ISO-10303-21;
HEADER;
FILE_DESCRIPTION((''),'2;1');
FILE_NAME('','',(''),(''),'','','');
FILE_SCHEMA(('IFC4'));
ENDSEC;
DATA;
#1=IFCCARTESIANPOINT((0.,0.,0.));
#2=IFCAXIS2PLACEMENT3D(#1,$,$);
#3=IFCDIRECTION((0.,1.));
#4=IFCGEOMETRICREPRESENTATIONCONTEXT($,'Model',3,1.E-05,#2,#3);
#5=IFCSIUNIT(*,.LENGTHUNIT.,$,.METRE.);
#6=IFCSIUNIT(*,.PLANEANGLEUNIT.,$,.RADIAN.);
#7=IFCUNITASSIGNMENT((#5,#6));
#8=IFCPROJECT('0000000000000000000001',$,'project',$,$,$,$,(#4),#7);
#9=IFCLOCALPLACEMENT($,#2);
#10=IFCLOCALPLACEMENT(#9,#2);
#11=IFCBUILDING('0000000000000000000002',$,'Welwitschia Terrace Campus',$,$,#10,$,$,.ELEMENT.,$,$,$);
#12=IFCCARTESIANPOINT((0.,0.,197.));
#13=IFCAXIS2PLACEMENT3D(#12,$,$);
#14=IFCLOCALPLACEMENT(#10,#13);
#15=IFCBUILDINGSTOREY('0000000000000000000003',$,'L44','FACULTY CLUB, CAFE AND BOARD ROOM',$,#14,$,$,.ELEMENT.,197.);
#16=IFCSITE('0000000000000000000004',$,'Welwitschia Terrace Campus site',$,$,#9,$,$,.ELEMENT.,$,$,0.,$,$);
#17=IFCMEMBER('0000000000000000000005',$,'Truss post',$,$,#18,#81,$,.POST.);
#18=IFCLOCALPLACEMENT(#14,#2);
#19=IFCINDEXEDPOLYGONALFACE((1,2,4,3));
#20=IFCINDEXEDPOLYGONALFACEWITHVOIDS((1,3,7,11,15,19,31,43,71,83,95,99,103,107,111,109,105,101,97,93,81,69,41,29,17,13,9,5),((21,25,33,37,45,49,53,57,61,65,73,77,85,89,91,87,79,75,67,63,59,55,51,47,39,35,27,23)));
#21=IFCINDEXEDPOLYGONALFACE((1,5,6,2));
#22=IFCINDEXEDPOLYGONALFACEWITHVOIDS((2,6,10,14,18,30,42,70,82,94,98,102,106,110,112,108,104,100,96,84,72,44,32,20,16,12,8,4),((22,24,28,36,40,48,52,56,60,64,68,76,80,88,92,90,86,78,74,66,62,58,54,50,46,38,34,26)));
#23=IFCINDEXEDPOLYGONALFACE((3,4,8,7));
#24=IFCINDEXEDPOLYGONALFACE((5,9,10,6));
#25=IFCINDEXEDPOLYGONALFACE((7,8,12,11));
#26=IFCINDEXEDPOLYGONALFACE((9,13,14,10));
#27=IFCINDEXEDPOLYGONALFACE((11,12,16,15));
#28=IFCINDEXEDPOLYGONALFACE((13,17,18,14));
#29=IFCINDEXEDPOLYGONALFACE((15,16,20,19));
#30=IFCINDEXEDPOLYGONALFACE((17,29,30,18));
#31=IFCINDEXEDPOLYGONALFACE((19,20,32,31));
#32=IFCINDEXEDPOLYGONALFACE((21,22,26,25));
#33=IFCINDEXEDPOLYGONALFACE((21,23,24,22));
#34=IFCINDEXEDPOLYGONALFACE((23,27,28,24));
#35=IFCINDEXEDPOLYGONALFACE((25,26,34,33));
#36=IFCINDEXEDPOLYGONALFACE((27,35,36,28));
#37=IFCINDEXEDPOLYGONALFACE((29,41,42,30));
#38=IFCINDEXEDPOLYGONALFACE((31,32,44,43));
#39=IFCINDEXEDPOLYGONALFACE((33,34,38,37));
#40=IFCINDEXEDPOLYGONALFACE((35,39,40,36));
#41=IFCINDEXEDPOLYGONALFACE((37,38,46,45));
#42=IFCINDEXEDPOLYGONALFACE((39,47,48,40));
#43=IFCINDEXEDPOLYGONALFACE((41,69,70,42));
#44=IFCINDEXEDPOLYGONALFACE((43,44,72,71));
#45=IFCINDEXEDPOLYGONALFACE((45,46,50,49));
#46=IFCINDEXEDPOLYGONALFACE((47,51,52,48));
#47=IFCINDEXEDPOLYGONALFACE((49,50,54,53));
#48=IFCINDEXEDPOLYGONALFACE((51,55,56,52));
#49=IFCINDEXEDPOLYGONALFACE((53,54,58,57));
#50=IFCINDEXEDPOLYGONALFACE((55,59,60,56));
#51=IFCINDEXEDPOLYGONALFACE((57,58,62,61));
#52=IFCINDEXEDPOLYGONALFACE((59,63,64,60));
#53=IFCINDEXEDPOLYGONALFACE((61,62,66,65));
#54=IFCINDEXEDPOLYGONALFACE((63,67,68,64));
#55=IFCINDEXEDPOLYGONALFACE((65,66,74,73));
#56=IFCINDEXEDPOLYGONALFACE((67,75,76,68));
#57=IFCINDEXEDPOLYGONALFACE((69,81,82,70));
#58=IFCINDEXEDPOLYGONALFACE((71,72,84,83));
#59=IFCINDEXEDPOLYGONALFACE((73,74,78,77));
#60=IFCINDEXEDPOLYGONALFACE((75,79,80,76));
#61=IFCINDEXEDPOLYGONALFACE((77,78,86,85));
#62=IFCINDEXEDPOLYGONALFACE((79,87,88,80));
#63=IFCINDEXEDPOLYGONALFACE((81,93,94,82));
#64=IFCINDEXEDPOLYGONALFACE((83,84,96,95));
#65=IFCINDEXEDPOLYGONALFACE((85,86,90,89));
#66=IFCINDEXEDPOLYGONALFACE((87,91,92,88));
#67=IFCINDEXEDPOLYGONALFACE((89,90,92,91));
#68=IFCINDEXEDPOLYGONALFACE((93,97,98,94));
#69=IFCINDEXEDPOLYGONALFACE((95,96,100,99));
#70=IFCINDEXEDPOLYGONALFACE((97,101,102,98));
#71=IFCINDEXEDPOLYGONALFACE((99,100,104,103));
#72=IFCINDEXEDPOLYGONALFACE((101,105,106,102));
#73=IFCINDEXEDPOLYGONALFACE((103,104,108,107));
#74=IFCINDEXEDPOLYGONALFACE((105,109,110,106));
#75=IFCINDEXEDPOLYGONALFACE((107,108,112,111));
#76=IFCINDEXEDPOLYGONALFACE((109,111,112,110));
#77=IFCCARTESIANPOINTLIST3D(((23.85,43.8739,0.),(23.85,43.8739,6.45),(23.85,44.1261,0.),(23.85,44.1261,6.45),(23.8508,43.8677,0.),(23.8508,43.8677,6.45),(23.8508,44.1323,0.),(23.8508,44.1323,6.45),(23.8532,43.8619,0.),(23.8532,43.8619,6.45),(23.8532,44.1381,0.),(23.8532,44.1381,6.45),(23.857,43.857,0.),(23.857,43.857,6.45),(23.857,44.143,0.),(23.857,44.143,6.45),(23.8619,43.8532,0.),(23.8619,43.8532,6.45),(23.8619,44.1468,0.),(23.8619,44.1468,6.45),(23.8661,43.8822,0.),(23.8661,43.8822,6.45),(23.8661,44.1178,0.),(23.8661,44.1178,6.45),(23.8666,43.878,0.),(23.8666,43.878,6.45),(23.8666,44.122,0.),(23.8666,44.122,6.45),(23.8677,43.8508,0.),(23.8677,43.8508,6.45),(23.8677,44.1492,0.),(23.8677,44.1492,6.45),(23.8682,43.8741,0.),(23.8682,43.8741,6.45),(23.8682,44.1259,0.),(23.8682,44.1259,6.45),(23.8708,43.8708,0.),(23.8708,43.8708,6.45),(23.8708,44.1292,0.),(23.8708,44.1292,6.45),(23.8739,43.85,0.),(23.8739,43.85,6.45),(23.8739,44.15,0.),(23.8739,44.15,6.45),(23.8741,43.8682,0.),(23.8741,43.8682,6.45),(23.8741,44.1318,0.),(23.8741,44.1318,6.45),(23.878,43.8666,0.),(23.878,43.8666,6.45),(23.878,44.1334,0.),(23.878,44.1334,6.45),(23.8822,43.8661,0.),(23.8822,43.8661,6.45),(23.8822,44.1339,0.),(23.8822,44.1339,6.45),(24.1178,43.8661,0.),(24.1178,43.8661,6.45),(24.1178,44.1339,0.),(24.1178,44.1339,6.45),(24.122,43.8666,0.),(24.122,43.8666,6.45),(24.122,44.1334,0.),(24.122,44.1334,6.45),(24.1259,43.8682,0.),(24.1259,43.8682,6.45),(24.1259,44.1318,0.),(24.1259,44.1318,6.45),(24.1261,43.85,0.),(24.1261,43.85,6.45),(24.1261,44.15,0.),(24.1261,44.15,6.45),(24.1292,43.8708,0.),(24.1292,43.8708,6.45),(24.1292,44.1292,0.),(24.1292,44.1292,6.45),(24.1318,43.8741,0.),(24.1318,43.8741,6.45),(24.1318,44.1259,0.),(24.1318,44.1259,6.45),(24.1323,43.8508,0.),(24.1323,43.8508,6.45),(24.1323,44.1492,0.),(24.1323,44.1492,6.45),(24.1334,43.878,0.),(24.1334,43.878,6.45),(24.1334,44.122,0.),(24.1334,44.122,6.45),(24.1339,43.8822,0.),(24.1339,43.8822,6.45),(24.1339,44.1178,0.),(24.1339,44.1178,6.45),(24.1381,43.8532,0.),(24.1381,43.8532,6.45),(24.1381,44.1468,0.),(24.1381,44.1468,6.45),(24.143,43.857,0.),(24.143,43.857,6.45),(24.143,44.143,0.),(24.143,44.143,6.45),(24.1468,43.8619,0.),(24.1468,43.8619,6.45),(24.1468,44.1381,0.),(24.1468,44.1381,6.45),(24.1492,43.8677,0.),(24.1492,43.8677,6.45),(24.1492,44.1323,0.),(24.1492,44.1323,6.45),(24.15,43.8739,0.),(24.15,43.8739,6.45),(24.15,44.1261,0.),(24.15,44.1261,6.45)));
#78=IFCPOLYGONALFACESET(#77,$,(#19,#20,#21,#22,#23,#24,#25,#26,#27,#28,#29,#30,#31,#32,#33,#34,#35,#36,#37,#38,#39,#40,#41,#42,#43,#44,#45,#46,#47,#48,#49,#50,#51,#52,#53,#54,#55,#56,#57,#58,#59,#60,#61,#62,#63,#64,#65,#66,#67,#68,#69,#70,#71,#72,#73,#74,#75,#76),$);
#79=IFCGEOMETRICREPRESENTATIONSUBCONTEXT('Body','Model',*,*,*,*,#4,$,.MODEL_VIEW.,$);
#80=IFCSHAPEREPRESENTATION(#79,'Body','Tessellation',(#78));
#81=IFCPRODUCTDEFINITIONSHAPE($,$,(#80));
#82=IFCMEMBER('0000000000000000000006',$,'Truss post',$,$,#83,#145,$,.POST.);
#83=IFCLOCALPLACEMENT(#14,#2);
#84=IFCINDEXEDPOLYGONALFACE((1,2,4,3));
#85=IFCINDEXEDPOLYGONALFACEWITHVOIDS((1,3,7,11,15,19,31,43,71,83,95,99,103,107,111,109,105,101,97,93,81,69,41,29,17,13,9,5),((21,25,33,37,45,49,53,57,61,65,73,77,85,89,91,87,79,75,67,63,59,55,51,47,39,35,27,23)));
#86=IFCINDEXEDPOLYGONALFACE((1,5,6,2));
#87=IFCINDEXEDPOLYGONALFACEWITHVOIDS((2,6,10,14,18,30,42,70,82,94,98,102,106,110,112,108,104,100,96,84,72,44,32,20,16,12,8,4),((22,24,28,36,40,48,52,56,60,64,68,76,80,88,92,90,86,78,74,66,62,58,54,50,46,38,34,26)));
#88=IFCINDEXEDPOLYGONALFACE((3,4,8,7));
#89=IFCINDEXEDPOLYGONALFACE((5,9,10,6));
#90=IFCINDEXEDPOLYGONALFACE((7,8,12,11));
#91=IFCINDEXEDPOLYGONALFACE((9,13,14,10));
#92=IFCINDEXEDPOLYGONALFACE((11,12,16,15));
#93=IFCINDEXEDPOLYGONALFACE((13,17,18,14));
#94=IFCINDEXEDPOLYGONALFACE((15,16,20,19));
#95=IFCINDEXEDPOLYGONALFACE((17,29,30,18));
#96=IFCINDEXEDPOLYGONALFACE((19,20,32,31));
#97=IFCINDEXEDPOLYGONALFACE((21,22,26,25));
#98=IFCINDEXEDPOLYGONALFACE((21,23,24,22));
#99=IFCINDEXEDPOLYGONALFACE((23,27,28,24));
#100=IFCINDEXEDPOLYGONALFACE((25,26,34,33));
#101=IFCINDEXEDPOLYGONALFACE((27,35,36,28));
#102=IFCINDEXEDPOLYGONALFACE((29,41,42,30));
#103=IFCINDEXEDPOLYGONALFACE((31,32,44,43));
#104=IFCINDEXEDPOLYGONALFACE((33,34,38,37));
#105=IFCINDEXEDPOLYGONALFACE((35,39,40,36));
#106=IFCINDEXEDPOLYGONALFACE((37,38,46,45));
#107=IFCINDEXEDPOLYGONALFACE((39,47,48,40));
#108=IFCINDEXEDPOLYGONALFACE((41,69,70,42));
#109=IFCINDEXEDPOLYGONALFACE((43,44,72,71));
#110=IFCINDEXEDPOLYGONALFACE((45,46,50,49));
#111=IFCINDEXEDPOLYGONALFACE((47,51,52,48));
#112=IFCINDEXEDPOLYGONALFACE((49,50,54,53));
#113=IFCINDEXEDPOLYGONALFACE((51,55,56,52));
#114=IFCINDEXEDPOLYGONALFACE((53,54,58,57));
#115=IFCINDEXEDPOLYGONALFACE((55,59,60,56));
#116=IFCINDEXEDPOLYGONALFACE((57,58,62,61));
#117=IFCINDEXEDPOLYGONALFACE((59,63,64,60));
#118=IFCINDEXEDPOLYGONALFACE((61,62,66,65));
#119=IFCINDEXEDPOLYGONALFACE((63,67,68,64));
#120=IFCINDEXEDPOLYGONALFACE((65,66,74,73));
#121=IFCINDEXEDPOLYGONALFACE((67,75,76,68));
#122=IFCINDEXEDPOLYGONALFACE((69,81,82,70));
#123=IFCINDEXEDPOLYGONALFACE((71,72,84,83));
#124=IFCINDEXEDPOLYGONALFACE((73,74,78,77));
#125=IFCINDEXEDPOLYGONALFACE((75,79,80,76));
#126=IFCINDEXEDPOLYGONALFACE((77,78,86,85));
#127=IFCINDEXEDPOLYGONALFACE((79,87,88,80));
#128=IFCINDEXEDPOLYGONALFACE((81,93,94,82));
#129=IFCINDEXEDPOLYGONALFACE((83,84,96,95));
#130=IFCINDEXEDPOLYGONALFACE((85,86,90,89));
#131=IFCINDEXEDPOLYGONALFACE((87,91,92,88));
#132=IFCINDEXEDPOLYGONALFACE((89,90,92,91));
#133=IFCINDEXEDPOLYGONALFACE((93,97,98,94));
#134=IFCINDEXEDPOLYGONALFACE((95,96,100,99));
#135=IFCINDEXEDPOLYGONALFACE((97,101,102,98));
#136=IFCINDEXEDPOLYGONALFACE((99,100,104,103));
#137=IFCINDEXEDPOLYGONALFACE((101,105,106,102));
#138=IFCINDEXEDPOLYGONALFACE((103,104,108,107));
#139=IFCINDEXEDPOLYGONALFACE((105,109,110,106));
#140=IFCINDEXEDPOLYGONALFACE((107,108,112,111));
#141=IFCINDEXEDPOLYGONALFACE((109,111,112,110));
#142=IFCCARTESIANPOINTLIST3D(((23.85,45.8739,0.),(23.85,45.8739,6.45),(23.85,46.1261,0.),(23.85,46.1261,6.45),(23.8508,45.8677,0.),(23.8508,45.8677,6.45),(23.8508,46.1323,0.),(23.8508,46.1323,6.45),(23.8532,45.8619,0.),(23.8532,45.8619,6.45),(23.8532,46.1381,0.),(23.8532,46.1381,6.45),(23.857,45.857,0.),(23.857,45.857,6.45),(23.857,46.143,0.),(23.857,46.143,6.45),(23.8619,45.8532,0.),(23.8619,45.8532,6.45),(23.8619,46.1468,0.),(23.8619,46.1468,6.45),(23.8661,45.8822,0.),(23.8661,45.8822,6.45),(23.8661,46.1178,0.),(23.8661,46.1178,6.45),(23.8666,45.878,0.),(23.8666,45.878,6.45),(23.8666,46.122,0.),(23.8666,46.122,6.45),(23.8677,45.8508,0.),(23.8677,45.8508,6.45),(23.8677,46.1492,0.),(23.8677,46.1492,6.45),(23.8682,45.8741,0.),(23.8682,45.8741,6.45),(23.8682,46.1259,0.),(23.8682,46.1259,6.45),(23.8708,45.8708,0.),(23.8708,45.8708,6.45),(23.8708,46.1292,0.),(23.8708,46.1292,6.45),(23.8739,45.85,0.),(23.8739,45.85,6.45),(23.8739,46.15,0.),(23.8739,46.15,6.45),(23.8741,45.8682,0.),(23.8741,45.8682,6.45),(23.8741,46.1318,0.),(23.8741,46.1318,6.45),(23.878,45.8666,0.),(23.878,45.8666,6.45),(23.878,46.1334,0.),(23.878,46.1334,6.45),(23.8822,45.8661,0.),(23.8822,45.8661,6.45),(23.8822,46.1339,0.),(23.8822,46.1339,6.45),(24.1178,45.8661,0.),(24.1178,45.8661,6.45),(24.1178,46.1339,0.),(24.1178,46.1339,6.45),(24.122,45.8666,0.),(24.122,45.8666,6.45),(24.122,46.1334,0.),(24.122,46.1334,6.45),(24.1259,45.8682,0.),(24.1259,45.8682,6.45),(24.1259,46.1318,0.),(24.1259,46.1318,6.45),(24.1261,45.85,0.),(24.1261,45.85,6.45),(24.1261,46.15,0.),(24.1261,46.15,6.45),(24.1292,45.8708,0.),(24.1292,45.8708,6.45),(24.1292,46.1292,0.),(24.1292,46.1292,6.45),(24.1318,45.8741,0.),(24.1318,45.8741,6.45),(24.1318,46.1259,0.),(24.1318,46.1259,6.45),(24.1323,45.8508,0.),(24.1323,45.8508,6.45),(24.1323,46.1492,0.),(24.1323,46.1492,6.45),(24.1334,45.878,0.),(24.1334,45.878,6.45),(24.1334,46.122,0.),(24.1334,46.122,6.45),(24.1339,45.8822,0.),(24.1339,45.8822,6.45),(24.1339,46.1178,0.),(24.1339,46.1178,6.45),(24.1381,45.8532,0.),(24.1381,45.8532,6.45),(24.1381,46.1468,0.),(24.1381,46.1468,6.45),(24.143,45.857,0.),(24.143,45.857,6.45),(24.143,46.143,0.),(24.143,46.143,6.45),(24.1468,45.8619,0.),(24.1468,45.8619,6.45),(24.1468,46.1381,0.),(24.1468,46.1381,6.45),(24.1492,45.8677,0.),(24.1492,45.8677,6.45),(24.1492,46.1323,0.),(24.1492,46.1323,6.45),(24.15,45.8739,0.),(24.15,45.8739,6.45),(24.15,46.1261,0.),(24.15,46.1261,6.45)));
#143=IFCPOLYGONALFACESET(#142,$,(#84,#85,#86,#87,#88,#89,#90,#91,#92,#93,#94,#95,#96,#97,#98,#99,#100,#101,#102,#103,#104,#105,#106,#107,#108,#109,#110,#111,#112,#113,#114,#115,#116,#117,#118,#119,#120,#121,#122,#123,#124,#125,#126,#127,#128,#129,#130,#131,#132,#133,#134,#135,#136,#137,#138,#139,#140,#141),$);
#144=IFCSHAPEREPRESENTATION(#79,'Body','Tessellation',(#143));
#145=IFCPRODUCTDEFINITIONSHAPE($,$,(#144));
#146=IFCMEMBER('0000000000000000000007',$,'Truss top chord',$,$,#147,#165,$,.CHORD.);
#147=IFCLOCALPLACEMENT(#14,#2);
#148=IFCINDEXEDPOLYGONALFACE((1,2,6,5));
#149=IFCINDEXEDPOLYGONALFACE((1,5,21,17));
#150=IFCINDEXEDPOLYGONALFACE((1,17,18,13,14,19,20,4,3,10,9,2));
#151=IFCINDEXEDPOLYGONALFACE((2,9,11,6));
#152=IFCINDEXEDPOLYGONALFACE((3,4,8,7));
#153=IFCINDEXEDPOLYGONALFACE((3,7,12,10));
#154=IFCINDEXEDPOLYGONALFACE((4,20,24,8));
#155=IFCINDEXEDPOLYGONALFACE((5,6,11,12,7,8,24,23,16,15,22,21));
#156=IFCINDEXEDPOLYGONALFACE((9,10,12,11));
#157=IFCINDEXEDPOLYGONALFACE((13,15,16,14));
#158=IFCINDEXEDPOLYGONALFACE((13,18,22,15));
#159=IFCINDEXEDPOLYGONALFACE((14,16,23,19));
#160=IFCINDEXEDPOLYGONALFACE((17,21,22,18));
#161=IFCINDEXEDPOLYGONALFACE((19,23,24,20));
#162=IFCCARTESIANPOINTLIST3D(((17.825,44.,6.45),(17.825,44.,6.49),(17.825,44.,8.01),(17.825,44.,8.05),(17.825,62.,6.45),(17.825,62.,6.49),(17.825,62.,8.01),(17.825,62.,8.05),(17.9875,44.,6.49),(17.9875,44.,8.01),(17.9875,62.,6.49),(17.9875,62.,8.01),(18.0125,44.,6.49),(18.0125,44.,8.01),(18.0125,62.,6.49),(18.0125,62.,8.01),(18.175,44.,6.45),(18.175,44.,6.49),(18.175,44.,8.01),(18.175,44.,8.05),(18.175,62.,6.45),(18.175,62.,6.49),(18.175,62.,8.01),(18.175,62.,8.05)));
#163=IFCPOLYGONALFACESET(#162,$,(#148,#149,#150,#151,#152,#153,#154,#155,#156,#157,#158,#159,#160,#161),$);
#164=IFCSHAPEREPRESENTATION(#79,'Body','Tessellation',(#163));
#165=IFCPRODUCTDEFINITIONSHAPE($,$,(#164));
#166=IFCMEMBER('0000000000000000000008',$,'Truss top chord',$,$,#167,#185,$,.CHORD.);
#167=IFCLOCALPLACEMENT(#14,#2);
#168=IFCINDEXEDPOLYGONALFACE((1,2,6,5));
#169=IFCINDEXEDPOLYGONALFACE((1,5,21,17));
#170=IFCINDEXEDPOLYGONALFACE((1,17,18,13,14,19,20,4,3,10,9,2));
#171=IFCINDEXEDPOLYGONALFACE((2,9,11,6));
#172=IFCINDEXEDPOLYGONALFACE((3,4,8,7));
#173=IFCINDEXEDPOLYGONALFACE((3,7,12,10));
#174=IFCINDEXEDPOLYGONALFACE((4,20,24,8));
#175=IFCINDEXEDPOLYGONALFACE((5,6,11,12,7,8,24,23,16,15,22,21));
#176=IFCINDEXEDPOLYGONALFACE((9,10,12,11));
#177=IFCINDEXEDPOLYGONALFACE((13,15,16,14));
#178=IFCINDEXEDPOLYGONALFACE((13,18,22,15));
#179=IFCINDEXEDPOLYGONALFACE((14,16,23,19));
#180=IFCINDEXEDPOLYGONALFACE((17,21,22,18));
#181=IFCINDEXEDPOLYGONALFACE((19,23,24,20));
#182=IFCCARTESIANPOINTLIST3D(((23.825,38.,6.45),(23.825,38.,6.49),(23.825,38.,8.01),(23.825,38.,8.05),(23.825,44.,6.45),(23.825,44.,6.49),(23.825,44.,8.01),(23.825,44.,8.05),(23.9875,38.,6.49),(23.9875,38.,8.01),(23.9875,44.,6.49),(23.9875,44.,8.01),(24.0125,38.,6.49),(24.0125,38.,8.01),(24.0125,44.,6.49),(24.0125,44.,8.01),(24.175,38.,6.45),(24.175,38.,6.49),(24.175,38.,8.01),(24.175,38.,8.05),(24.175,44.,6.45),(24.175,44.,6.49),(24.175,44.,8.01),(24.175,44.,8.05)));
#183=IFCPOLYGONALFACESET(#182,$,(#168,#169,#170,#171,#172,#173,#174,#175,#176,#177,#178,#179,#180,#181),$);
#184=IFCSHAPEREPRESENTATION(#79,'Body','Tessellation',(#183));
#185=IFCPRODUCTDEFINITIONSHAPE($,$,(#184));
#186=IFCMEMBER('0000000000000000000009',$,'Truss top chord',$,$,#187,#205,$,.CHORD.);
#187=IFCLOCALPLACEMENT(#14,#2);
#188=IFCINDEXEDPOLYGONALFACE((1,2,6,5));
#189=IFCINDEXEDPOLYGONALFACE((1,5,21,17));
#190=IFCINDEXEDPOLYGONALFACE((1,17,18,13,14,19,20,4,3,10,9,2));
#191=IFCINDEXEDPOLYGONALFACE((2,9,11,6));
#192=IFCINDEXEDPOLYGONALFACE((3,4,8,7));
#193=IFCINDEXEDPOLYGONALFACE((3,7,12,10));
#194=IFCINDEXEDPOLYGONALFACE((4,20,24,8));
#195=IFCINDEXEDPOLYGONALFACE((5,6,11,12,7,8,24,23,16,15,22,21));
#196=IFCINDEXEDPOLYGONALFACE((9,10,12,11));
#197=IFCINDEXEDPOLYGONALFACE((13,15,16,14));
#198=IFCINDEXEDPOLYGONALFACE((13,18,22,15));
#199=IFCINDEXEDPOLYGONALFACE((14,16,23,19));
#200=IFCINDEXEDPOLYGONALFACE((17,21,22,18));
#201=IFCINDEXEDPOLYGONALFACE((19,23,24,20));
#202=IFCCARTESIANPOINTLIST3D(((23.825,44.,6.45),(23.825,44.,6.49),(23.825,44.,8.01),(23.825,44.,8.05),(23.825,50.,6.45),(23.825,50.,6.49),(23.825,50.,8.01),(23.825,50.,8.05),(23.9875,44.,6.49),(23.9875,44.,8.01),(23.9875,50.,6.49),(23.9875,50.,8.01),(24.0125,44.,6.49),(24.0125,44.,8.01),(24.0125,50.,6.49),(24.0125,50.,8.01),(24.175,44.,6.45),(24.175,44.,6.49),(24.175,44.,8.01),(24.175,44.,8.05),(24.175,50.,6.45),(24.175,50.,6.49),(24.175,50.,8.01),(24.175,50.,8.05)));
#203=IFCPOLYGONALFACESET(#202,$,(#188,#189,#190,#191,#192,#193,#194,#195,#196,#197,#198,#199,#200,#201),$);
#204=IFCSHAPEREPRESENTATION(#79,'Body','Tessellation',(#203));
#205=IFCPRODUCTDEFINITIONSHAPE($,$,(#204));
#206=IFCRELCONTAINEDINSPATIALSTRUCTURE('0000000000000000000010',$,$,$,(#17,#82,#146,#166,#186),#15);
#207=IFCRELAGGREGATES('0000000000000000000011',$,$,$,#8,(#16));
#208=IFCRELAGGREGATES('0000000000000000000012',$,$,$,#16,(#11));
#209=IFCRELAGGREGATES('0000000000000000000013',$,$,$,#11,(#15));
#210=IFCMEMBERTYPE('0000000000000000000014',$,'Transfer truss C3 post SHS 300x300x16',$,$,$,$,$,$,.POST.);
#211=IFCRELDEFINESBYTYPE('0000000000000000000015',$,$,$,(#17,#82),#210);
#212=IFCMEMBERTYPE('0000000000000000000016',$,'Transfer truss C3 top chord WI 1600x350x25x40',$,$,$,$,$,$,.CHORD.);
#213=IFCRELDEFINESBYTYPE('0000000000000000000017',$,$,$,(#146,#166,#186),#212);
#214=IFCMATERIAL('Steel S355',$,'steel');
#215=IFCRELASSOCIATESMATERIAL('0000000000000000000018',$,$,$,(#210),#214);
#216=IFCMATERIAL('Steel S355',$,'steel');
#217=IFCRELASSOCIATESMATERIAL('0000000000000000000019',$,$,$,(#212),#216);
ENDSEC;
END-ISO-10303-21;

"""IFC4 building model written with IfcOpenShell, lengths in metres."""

from ifc_helpers import new_model, si_unit, direction, frame, origin, origin_2d, place, context, subcontext, project, spatial, hollow_rectangle, i_section, extrude, material, material_profile, profile_set, type_object, element, save


model = new_model("IFC4")

# Units and contexts
model_context = context("Model", 3, precision=1e-05, world=origin(), true_north=direction((0.0, 1.0)))
body_context = subcontext(model_context, "Body", "Model", "MODEL_VIEW")
ifc_project = project(units=[si_unit("LENGTHUNIT", "METRE"), si_unit("PLANEANGLEUNIT", "RADIAN")], contexts=[model_context])

# Site, building, storey
site_placement = place(None, origin())
site = spatial("IfcSite", under=ifc_project, at=site_placement, Name="Welwitschia Terrace Campus site", CompositionType="ELEMENT", RefElevation=0.0)
building_placement = place(site_placement, origin())
building = spatial("IfcBuilding", under=site, at=building_placement, Name="Welwitschia Terrace Campus", CompositionType="ELEMENT")
storey_placement = place(building_placement, frame((0.0, 0.0, 197.0)))
storey = spatial("IfcBuildingStorey", under=building, at=storey_placement, Name="L44", Description="FACULTY CLUB, CAFE AND BOARD ROOM", CompositionType="ELEMENT", Elevation=197.0)

# Members
ifc_material_1 = material(Name="Steel S355", Category="steel")
ifc_material_profile_1 = material_profile(ifc_material_1, hollow_rectangle(XDim=0.3, YDim=0.3, WallThickness=0.0161, InnerFilletRadius=0.0161, OuterFilletRadius=0.0239, at=origin_2d()))
ifc_profile_set_1 = profile_set([ifc_material_profile_1], Name="Steel S355")
member_type_1 = type_object("IfcMemberType", Name="Transfer truss C3 post SHS 300x300x16", PredefinedType="POST", material=ifc_profile_set_1)
for number, where, z_axis, x_axis, name in (
    (1, (24.0, 44.0, 0.0), (0.0, 0.0, 1.0), (1.0, 0.0, 0.0), "Truss post"),
    (2, (24.0, 46.0, 0.0), (0.0, 0.0, 1.0), (1.0, 0.0, 0.0), "Truss post"),
):
    element("IfcMember", number, at=place(storey_placement, frame(where, z_axis=z_axis, x_axis=x_axis)), inside=storey, type_object=member_type_1, Name=name, PredefinedType="POST", context=body_context, shape_type="SweptSolid", body=[
        extrude(hollow_rectangle(XDim=0.3, YDim=0.3, WallThickness=0.0161, InnerFilletRadius=0.0161, OuterFilletRadius=0.0239, at=origin_2d()), origin(), (0.0, 0.0, 1.0), 6.45),
    ])
ifc_material_2 = material(Name="Steel S355", Category="steel")
ifc_material_profile_2 = material_profile(ifc_material_2, i_section(OverallWidth=0.3501, OverallDepth=1.6001, WebThickness=0.0249, FlangeThickness=0.04, at=origin_2d()))
ifc_profile_set_2 = profile_set([ifc_material_profile_2], Name="Steel S355")
member_type_2 = type_object("IfcMemberType", Name="Transfer truss C3 top chord WI 1600x350x25x40", PredefinedType="CHORD", material=ifc_profile_set_2)
member_1_placement = place(storey_placement, frame((18.0, 44.0, 7.25), z_axis=(0.0, 1.0, 0.0), x_axis=(-1.0, 0.0, 0.0)))
element("IfcMember", 3, at=member_1_placement, inside=storey, type_object=member_type_2, Name="Truss top chord", PredefinedType="CHORD", context=body_context, shape_type="SweptSolid", body=[
    extrude(i_section(OverallWidth=0.3501, OverallDepth=1.6001, WebThickness=0.0249, FlangeThickness=0.04, at=origin_2d()), origin(), (0.0, 0.0, 1.0), 18.0),
])
for number, where, z_axis, x_axis, name in (
    (4, (24.0, 38.0, 7.25), (0.0, 1.0, 0.0), (-1.0, 0.0, 0.0), "Truss top chord"),
    (5, (24.0, 44.0, 7.25), (0.0, 1.0, 0.0), (-1.0, 0.0, 0.0), "Truss top chord"),
):
    element("IfcMember", number, at=place(storey_placement, frame(where, z_axis=z_axis, x_axis=x_axis)), inside=storey, type_object=member_type_2, Name=name, PredefinedType="CHORD", context=body_context, shape_type="SweptSolid", body=[
        extrude(i_section(OverallWidth=0.3501, OverallDepth=1.6001, WebThickness=0.0249, FlangeThickness=0.04, at=origin_2d()), origin(), (0.0, 0.0, 1.0), 6.0),
    ])

save(model, "model.ifc")
